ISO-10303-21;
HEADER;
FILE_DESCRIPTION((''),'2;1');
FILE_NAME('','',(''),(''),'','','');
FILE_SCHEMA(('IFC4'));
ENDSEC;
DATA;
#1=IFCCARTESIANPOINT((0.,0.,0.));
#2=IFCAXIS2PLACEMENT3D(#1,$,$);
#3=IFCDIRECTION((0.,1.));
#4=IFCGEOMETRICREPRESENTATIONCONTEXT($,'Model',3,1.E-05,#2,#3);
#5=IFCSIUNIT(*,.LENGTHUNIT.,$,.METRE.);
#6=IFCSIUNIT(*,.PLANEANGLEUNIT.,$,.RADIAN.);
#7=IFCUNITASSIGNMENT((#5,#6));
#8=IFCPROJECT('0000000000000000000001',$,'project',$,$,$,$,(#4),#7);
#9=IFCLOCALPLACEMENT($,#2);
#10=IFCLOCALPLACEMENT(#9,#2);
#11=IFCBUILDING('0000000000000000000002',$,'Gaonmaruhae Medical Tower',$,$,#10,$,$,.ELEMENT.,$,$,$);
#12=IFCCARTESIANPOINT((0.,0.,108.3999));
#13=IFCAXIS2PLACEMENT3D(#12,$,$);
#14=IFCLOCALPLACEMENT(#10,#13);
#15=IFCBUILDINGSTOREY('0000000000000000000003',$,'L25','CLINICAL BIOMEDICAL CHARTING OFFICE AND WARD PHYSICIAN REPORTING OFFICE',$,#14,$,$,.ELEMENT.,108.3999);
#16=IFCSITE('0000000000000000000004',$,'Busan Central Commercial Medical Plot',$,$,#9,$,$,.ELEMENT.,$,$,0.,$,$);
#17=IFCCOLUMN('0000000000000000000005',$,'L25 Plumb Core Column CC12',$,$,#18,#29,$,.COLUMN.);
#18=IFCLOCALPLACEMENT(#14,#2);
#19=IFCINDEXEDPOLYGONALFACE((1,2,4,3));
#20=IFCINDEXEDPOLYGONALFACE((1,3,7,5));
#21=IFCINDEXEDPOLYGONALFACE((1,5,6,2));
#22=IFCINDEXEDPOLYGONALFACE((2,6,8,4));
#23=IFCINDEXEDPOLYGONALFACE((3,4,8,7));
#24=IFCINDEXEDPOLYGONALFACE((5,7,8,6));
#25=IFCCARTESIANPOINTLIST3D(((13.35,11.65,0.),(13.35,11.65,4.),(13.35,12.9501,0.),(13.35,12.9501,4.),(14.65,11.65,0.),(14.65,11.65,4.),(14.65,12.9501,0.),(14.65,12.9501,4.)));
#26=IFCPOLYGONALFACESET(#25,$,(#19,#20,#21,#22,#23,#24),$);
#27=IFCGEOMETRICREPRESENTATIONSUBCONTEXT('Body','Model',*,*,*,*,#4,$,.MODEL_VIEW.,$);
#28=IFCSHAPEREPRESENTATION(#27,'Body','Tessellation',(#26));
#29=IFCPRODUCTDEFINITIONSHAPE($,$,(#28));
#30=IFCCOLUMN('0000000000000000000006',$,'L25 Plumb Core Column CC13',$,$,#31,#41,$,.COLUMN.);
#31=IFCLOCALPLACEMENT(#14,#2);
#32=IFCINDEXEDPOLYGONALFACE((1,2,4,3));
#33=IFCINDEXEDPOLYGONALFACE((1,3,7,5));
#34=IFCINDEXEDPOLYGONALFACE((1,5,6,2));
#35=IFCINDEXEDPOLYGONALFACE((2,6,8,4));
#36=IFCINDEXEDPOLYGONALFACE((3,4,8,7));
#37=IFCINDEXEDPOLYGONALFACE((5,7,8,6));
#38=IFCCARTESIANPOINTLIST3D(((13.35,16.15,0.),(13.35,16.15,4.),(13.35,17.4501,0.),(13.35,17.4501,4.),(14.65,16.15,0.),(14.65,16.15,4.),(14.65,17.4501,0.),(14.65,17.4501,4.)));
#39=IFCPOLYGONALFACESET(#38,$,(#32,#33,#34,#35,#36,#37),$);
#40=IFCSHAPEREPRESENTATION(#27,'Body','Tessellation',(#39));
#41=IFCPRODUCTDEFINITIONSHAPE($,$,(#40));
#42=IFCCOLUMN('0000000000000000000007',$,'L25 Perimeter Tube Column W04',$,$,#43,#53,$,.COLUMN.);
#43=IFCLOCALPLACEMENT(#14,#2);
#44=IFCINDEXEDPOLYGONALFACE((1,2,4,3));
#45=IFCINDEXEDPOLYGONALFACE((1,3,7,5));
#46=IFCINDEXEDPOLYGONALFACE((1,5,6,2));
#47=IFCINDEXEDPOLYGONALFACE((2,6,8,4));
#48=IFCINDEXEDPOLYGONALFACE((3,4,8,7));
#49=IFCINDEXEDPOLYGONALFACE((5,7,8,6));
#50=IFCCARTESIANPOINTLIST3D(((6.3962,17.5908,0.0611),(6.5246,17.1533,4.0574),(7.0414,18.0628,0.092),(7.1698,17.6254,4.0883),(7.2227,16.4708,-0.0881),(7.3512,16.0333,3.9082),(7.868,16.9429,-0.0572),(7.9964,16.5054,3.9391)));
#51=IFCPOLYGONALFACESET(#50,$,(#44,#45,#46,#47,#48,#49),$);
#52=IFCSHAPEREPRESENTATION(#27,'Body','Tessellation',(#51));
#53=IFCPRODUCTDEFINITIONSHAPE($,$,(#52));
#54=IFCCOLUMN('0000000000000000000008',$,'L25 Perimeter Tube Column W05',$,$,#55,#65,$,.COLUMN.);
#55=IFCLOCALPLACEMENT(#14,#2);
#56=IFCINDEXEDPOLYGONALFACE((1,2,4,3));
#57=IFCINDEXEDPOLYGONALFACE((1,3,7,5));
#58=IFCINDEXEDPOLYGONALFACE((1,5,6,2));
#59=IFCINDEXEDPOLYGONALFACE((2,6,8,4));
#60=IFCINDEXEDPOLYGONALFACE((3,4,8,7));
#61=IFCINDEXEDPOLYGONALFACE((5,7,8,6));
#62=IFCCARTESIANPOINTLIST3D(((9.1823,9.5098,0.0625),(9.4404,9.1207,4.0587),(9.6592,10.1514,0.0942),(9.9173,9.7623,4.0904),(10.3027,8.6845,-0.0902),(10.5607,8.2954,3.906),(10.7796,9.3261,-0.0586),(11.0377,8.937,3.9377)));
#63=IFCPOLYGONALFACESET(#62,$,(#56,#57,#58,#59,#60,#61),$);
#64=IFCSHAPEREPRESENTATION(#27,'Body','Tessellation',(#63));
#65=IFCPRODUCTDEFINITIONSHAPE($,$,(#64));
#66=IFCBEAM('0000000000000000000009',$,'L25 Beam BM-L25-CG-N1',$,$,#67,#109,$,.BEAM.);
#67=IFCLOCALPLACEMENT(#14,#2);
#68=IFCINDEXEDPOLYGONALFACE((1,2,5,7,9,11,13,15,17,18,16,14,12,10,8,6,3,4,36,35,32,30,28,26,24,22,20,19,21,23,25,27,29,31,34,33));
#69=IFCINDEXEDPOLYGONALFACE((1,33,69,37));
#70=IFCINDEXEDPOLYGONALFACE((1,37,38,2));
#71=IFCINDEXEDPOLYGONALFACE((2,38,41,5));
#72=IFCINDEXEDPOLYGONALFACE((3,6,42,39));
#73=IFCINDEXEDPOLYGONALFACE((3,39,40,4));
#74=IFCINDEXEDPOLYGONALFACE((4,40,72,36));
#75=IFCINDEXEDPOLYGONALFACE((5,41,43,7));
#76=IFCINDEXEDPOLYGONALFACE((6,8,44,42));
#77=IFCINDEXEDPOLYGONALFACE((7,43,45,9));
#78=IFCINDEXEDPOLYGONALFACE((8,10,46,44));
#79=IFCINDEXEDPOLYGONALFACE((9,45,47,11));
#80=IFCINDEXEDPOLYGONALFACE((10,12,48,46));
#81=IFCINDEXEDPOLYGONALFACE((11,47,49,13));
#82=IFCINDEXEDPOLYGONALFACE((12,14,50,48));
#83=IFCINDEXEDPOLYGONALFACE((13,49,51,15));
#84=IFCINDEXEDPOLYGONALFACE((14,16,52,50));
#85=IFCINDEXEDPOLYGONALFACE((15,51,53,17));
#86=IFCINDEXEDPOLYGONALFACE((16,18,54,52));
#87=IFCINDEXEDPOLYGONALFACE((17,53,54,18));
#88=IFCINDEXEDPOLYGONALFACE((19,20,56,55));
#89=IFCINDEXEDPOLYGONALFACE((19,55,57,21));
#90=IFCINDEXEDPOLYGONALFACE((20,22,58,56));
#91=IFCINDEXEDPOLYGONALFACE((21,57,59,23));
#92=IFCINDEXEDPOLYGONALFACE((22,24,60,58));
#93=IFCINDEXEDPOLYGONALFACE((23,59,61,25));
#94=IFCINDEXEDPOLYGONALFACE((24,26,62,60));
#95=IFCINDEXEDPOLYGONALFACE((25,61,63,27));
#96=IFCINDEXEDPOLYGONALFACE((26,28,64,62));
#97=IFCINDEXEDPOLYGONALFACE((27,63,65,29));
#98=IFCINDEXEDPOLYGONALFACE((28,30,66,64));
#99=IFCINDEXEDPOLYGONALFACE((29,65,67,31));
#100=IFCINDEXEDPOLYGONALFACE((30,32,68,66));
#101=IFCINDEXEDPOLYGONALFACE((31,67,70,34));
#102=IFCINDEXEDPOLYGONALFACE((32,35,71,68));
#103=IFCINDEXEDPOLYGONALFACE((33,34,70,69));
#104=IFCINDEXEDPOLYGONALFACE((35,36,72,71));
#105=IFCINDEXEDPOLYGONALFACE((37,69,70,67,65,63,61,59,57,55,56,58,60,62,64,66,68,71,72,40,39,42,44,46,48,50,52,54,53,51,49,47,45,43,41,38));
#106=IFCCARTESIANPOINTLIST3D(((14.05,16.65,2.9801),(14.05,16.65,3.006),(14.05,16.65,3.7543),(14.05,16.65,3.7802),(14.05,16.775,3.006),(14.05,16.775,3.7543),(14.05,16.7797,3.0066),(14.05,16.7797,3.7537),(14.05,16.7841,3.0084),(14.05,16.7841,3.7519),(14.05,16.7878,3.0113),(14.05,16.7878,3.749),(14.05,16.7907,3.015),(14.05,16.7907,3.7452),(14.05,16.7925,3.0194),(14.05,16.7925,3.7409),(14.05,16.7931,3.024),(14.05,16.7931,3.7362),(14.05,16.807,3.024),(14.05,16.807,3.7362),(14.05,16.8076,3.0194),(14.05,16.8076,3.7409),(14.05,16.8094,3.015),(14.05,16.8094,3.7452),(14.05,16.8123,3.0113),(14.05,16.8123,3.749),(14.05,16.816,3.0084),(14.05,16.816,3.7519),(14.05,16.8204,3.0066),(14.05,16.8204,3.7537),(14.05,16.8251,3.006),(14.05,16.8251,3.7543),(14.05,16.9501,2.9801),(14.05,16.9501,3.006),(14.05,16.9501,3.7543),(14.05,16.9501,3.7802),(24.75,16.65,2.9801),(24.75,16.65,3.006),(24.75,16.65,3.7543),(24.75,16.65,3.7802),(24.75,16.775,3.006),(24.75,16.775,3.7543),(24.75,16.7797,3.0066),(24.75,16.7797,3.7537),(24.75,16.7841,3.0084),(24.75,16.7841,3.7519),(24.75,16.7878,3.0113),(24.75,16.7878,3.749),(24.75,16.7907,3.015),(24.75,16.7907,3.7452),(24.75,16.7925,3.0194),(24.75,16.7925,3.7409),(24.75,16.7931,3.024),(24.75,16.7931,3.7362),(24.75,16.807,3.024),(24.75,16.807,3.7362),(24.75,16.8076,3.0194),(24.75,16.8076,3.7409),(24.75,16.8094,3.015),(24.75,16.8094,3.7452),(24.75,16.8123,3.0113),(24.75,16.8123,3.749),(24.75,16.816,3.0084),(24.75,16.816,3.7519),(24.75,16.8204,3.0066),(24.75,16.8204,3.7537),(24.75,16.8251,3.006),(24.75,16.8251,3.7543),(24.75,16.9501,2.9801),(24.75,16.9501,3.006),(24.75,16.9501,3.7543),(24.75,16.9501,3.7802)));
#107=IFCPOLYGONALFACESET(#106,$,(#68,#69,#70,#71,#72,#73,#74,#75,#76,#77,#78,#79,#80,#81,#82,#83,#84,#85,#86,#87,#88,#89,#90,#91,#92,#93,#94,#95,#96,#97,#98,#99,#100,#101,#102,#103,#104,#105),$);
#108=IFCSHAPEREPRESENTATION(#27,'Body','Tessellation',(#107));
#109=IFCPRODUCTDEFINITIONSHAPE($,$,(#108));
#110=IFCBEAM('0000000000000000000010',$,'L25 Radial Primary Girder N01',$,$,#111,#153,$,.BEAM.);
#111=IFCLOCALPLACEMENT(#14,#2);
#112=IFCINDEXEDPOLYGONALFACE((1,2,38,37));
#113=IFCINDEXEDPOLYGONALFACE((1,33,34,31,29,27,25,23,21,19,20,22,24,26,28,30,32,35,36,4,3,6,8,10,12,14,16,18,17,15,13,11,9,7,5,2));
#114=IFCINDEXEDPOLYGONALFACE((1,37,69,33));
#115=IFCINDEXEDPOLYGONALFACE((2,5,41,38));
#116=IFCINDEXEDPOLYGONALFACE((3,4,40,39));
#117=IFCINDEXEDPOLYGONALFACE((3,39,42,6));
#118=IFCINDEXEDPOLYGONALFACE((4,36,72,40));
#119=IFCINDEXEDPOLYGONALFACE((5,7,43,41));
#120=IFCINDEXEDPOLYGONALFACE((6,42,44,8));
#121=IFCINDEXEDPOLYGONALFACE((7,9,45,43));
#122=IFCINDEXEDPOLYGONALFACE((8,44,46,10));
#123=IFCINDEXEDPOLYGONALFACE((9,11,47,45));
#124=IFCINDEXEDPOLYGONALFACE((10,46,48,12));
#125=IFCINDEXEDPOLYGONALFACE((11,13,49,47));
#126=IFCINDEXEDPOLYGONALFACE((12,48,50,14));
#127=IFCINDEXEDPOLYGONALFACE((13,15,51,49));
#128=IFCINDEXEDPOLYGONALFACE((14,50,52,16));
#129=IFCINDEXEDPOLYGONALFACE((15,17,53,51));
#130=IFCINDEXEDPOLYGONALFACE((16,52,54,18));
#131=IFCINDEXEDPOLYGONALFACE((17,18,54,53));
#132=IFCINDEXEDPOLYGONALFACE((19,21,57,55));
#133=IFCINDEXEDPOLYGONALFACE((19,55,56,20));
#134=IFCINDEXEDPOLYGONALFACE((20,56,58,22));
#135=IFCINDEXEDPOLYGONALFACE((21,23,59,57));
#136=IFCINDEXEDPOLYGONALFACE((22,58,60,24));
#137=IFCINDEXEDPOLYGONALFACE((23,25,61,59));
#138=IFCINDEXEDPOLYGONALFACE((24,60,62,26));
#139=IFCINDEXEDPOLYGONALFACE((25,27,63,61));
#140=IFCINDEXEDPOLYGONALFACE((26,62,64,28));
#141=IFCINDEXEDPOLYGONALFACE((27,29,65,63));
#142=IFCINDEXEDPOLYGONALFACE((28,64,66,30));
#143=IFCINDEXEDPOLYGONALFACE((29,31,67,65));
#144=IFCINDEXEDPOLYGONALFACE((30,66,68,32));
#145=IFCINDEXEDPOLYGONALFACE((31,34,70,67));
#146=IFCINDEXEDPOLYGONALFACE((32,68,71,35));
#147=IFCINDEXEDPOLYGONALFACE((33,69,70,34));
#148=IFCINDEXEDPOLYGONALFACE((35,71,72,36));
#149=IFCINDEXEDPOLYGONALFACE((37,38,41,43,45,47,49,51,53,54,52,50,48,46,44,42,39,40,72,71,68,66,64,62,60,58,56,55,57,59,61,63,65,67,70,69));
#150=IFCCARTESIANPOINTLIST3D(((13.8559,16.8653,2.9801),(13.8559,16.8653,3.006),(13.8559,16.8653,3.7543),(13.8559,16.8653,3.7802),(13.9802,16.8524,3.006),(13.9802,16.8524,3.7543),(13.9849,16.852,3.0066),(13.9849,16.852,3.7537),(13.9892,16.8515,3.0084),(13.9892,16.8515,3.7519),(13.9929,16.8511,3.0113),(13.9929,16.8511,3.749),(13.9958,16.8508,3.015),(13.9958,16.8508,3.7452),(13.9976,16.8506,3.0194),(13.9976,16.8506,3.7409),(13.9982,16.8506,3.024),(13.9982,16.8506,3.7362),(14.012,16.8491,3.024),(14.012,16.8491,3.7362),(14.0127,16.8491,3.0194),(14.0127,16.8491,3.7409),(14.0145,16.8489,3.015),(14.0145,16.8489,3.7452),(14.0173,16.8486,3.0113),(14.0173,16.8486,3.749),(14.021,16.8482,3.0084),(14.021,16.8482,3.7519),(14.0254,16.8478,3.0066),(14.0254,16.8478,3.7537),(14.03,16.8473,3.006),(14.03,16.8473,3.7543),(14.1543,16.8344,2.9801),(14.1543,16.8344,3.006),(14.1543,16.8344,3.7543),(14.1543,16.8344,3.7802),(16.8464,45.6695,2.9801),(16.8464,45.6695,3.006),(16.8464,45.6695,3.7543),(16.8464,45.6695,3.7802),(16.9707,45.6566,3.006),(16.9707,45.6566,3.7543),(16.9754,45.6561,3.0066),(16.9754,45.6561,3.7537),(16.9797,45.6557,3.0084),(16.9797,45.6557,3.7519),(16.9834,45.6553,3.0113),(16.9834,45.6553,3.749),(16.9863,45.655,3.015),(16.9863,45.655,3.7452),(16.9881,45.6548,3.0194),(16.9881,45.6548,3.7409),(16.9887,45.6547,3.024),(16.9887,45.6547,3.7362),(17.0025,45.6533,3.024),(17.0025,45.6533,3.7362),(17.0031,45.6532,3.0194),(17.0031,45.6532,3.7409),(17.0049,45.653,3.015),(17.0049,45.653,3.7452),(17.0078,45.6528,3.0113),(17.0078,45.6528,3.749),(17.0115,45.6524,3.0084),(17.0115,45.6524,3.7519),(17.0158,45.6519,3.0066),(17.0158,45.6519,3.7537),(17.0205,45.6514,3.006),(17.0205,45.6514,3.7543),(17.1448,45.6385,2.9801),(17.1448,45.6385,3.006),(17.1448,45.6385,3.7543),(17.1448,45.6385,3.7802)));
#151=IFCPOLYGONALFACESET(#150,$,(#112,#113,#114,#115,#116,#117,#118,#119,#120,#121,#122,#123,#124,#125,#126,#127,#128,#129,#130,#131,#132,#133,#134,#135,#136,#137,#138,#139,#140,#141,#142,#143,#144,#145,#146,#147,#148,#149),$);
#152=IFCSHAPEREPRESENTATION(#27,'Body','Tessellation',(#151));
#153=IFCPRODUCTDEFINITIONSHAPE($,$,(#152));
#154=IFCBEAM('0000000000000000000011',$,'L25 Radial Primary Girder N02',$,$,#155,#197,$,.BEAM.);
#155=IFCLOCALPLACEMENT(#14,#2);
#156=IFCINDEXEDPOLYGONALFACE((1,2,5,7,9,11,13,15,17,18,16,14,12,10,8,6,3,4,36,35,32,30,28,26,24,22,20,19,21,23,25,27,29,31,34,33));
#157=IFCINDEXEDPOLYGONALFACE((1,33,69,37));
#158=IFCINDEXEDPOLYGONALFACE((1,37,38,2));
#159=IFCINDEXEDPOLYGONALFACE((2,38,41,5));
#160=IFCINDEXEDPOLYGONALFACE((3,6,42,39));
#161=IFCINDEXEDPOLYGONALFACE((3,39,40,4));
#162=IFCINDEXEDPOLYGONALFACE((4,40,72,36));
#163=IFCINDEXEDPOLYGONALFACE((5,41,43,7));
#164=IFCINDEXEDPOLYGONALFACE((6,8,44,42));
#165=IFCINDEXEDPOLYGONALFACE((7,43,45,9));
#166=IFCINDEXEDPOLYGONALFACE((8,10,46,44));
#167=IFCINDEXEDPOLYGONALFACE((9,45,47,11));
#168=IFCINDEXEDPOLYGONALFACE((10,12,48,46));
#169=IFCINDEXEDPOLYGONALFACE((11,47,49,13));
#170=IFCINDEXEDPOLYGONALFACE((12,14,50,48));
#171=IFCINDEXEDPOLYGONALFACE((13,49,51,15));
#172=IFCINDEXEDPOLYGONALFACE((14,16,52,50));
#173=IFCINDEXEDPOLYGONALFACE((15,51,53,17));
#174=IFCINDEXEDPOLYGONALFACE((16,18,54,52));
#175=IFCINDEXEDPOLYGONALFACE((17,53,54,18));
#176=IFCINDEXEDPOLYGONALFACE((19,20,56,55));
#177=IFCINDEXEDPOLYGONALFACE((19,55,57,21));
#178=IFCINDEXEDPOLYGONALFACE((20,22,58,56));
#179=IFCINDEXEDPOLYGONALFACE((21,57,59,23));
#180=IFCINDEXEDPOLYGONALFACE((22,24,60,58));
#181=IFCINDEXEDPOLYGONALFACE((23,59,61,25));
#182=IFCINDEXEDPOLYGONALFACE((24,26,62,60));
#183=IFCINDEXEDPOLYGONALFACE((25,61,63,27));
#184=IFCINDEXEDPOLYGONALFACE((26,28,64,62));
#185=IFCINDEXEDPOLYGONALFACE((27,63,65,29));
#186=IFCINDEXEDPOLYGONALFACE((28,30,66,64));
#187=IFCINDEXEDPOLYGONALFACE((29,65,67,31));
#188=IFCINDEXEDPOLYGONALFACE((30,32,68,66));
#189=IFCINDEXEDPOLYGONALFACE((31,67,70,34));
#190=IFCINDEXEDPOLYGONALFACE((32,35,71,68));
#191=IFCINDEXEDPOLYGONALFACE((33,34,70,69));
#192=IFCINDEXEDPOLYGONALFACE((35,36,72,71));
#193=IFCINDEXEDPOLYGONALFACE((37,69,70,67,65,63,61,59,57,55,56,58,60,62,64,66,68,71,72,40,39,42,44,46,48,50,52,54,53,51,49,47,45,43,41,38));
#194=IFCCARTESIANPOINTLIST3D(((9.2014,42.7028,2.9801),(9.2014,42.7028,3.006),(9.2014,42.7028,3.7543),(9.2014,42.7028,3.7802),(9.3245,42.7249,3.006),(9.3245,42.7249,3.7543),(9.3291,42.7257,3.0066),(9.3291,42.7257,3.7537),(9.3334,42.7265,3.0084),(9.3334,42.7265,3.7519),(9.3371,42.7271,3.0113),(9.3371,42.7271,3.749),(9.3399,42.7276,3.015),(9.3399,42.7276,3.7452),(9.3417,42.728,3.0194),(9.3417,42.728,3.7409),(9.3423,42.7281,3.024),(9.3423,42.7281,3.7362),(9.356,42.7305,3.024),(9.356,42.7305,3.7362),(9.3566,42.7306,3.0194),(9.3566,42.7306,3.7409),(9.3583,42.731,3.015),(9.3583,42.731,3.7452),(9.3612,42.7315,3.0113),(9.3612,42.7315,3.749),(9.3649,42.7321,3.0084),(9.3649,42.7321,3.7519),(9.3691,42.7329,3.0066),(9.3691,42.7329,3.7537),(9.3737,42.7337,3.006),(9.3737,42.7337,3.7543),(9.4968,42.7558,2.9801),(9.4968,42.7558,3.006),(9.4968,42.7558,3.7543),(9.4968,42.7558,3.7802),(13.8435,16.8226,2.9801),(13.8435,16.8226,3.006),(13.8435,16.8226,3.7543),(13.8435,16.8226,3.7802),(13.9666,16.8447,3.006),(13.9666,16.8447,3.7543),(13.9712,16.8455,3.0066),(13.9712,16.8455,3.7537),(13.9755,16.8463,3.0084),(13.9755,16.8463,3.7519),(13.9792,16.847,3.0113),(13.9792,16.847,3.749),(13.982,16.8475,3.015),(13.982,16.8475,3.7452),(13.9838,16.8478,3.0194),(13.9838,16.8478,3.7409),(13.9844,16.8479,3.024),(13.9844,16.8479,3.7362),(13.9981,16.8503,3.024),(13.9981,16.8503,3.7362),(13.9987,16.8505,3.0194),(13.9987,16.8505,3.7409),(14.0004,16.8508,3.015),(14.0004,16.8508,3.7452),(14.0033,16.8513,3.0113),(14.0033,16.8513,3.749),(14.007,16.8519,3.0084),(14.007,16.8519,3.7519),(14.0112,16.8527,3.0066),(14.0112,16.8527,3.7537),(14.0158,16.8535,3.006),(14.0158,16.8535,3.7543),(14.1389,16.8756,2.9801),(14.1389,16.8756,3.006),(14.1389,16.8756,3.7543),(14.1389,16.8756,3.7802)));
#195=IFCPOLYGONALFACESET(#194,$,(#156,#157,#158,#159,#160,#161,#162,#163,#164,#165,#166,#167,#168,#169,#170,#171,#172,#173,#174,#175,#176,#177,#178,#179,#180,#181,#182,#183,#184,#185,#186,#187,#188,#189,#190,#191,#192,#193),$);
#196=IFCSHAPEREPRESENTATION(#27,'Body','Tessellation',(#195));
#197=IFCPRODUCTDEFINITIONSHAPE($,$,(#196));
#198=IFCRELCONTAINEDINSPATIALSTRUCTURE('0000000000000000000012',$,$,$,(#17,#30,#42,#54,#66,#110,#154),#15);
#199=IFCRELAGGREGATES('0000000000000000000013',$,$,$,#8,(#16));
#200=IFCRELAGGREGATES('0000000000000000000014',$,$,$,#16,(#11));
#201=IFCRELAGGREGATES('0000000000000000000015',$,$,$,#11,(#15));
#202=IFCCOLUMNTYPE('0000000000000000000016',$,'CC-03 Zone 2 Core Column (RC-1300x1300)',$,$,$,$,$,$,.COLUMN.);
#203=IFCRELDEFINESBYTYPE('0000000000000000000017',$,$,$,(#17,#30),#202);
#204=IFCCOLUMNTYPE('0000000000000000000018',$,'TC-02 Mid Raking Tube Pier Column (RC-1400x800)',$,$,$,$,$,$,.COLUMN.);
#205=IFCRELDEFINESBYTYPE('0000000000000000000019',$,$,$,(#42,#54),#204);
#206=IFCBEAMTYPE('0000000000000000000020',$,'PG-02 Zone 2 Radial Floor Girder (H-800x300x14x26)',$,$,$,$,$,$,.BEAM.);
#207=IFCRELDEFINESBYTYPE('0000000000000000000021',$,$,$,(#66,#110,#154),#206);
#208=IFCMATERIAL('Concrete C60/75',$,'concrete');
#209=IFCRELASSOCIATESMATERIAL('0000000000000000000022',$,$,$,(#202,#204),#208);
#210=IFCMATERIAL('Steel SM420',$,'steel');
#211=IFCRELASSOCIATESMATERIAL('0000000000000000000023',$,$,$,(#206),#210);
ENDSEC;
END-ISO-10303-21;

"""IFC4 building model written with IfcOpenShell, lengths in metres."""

from ifc_helpers import new_model, si_unit, direction, frame, origin, origin_2d, place, context, subcontext, project, spatial, rectangle, i_section, extrude, material, material_profile, profile_set, type_object, element, save


model = new_model("IFC4")

# Units and contexts
model_context = context("Model", 3, precision=1e-05, world=origin(), true_north=direction((0.0, 1.0)))
body_context = subcontext(model_context, "Body", "Model", "MODEL_VIEW")
ifc_project = project(units=[si_unit("LENGTHUNIT", "METRE"), si_unit("PLANEANGLEUNIT", "RADIAN")], contexts=[model_context])

# Site, building, storey
site_placement = place(None, origin())
site = spatial("IfcSite", under=ifc_project, at=site_placement, Name="Busan Central Commercial Medical Plot", CompositionType="ELEMENT", RefElevation=0.0)
building_placement = place(site_placement, origin())
building = spatial("IfcBuilding", under=site, at=building_placement, Name="Gaonmaruhae Medical Tower", CompositionType="ELEMENT")
storey_placement = place(building_placement, frame((0.0, 0.0, 108.3999)))
storey = spatial("IfcBuildingStorey", under=building, at=storey_placement, Name="L25", Description="CLINICAL BIOMEDICAL CHARTING OFFICE AND WARD PHYSICIAN REPORTING OFFICE", CompositionType="ELEMENT", Elevation=108.3999)

# Columns
ifc_material_1 = material(Name="Concrete C60/75", Category="concrete")
ifc_material_profile_1 = material_profile(ifc_material_1, rectangle(XDim=1.3, YDim=1.3, at=origin_2d()), Name="RC-1300x1300")
ifc_profile_set_1 = profile_set([ifc_material_profile_1], Name="Concrete C60/75")
column_type_1 = type_object("IfcColumnType", Name="CC-03 Zone 2 Core Column (RC-1300x1300)", PredefinedType="COLUMN", material=ifc_profile_set_1)
for number, where, z_axis, x_axis, name in (
    (1, (14.0, 12.3, 0.0), (0.0, 0.0, 1.0), (1.0, 0.0, 0.0), "L25 Plumb Core Column CC12"),
    (2, (14.0, 16.8, 0.0), (0.0, 0.0, 1.0), (1.0, 0.0, 0.0), "L25 Plumb Core Column CC13"),
):
    element("IfcColumn", number, at=place(storey_placement, frame(where, z_axis=z_axis, x_axis=x_axis)), inside=storey, type_object=column_type_1, Name=name, PredefinedType="COLUMN", context=body_context, shape_type="SweptSolid", body=[
        extrude(rectangle(XDim=1.3, YDim=1.3, at=origin_2d()), origin(), (0.0, 0.0, 1.0), 4.0),
    ])
ifc_material_profile_2 = material_profile(ifc_material_1, rectangle(XDim=1.3999, YDim=0.8, at=origin_2d()), Name="RC-1400x800")
ifc_profile_set_2 = profile_set([ifc_material_profile_2], Name="Concrete C60/75")
column_type_2 = type_object("IfcColumnType", Name="TC-02 Mid Raking Tube Pier Column (RC-1400x800)", PredefinedType="COLUMN", material=ifc_profile_set_2)
column_1_placement = place(storey_placement, frame((7.1321, 17.2668, 0.002), z_axis=(0.031927, -0.10877, 0.993554), x_axis=(-0.590425, 0.800028, 0.106556)))
element("IfcColumn", 3, at=column_1_placement, inside=storey, type_object=column_type_2, Name="L25 Perimeter Tube Column W04", PredefinedType="COLUMN", context=body_context, shape_type="SweptSolid", body=[
    extrude(rectangle(XDim=1.3999, YDim=0.8, at=origin_2d()), origin(), (0.0, 0.0, 1.0), 4.0222),
])
column_2_placement = place(storey_placement, frame((9.981, 9.418, 0.002), z_axis=(0.064137, -0.096721, 0.993243), x_axis=(-0.800334, 0.589546, 0.10909)))
element("IfcColumn", 4, at=column_2_placement, inside=storey, type_object=column_type_2, Name="L25 Perimeter Tube Column W05", PredefinedType="COLUMN", context=body_context, shape_type="SweptSolid", body=[
    extrude(rectangle(XDim=1.3999, YDim=0.8, at=origin_2d()), origin(), (0.0, 0.0, 1.0), 4.0234),
])

# Beams
ifc_material_2 = material(Name="Steel SM420", Category="steel")
ifc_material_profile_3 = material_profile(ifc_material_2, i_section(OverallWidth=0.3, OverallDepth=0.8, WebThickness=0.0139, FlangeThickness=0.0259, FilletRadius=0.0181, at=origin_2d()), Name="H-800x300x14x26")
ifc_profile_set_3 = profile_set([ifc_material_profile_3], Name="Steel SM420")
beam_type_1 = type_object("IfcBeamType", Name="PG-02 Zone 2 Radial Floor Girder (H-800x300x14x26)", PredefinedType="BEAM", material=ifc_profile_set_3)
beam_1_placement = place(storey_placement, frame((14.05, 16.8, 3.3801), z_axis=(1.0, 0.0, 0.0), x_axis=(0.0, 1.0, 0.0)))
element("IfcBeam", 5, at=beam_1_placement, inside=storey, type_object=beam_type_1, Name="L25 Beam BM-L25-CG-N1", PredefinedType="BEAM", context=body_context, shape_type="SweptSolid", body=[
    extrude(i_section(OverallWidth=0.3, OverallDepth=0.8, WebThickness=0.0139, FlangeThickness=0.0259, FilletRadius=0.0181, at=origin_2d()), origin(), (0.0, 0.0, 1.0), 10.7),
])
beam_2_placement = place(storey_placement, frame((14.0051, 16.8499, 3.3801), z_axis=(0.103266, 0.994654, 0.0), x_axis=(-0.994654, 0.103266, 0.0)))
element("IfcBeam", 6, at=beam_2_placement, inside=storey, type_object=beam_type_1, Name="L25 Radial Primary Girder N01", PredefinedType="BEAM", context=body_context, shape_type="SweptSolid", body=[
    extrude(i_section(OverallWidth=0.3, OverallDepth=0.8, WebThickness=0.0139, FlangeThickness=0.0259, FilletRadius=0.0181, at=origin_2d()), origin(), (0.0, 0.0, 1.0), 28.959),
])
beam_3_placement = place(storey_placement, frame((13.9912, 16.8491, 3.3801), z_axis=(-0.176551, 0.984291, 0.0), x_axis=(-0.984291, -0.176551, 0.0)))
element("IfcBeam", 7, at=beam_3_placement, inside=storey, type_object=beam_type_1, Name="L25 Radial Primary Girder N02", PredefinedType="BEAM", context=body_context, shape_type="SweptSolid", body=[
    extrude(i_section(OverallWidth=0.3, OverallDepth=0.8, WebThickness=0.0139, FlangeThickness=0.0259, FilletRadius=0.0181, at=origin_2d()), origin(), (0.0, 0.0, 1.0), 26.2932),
])

save(model, "model.ifc")
